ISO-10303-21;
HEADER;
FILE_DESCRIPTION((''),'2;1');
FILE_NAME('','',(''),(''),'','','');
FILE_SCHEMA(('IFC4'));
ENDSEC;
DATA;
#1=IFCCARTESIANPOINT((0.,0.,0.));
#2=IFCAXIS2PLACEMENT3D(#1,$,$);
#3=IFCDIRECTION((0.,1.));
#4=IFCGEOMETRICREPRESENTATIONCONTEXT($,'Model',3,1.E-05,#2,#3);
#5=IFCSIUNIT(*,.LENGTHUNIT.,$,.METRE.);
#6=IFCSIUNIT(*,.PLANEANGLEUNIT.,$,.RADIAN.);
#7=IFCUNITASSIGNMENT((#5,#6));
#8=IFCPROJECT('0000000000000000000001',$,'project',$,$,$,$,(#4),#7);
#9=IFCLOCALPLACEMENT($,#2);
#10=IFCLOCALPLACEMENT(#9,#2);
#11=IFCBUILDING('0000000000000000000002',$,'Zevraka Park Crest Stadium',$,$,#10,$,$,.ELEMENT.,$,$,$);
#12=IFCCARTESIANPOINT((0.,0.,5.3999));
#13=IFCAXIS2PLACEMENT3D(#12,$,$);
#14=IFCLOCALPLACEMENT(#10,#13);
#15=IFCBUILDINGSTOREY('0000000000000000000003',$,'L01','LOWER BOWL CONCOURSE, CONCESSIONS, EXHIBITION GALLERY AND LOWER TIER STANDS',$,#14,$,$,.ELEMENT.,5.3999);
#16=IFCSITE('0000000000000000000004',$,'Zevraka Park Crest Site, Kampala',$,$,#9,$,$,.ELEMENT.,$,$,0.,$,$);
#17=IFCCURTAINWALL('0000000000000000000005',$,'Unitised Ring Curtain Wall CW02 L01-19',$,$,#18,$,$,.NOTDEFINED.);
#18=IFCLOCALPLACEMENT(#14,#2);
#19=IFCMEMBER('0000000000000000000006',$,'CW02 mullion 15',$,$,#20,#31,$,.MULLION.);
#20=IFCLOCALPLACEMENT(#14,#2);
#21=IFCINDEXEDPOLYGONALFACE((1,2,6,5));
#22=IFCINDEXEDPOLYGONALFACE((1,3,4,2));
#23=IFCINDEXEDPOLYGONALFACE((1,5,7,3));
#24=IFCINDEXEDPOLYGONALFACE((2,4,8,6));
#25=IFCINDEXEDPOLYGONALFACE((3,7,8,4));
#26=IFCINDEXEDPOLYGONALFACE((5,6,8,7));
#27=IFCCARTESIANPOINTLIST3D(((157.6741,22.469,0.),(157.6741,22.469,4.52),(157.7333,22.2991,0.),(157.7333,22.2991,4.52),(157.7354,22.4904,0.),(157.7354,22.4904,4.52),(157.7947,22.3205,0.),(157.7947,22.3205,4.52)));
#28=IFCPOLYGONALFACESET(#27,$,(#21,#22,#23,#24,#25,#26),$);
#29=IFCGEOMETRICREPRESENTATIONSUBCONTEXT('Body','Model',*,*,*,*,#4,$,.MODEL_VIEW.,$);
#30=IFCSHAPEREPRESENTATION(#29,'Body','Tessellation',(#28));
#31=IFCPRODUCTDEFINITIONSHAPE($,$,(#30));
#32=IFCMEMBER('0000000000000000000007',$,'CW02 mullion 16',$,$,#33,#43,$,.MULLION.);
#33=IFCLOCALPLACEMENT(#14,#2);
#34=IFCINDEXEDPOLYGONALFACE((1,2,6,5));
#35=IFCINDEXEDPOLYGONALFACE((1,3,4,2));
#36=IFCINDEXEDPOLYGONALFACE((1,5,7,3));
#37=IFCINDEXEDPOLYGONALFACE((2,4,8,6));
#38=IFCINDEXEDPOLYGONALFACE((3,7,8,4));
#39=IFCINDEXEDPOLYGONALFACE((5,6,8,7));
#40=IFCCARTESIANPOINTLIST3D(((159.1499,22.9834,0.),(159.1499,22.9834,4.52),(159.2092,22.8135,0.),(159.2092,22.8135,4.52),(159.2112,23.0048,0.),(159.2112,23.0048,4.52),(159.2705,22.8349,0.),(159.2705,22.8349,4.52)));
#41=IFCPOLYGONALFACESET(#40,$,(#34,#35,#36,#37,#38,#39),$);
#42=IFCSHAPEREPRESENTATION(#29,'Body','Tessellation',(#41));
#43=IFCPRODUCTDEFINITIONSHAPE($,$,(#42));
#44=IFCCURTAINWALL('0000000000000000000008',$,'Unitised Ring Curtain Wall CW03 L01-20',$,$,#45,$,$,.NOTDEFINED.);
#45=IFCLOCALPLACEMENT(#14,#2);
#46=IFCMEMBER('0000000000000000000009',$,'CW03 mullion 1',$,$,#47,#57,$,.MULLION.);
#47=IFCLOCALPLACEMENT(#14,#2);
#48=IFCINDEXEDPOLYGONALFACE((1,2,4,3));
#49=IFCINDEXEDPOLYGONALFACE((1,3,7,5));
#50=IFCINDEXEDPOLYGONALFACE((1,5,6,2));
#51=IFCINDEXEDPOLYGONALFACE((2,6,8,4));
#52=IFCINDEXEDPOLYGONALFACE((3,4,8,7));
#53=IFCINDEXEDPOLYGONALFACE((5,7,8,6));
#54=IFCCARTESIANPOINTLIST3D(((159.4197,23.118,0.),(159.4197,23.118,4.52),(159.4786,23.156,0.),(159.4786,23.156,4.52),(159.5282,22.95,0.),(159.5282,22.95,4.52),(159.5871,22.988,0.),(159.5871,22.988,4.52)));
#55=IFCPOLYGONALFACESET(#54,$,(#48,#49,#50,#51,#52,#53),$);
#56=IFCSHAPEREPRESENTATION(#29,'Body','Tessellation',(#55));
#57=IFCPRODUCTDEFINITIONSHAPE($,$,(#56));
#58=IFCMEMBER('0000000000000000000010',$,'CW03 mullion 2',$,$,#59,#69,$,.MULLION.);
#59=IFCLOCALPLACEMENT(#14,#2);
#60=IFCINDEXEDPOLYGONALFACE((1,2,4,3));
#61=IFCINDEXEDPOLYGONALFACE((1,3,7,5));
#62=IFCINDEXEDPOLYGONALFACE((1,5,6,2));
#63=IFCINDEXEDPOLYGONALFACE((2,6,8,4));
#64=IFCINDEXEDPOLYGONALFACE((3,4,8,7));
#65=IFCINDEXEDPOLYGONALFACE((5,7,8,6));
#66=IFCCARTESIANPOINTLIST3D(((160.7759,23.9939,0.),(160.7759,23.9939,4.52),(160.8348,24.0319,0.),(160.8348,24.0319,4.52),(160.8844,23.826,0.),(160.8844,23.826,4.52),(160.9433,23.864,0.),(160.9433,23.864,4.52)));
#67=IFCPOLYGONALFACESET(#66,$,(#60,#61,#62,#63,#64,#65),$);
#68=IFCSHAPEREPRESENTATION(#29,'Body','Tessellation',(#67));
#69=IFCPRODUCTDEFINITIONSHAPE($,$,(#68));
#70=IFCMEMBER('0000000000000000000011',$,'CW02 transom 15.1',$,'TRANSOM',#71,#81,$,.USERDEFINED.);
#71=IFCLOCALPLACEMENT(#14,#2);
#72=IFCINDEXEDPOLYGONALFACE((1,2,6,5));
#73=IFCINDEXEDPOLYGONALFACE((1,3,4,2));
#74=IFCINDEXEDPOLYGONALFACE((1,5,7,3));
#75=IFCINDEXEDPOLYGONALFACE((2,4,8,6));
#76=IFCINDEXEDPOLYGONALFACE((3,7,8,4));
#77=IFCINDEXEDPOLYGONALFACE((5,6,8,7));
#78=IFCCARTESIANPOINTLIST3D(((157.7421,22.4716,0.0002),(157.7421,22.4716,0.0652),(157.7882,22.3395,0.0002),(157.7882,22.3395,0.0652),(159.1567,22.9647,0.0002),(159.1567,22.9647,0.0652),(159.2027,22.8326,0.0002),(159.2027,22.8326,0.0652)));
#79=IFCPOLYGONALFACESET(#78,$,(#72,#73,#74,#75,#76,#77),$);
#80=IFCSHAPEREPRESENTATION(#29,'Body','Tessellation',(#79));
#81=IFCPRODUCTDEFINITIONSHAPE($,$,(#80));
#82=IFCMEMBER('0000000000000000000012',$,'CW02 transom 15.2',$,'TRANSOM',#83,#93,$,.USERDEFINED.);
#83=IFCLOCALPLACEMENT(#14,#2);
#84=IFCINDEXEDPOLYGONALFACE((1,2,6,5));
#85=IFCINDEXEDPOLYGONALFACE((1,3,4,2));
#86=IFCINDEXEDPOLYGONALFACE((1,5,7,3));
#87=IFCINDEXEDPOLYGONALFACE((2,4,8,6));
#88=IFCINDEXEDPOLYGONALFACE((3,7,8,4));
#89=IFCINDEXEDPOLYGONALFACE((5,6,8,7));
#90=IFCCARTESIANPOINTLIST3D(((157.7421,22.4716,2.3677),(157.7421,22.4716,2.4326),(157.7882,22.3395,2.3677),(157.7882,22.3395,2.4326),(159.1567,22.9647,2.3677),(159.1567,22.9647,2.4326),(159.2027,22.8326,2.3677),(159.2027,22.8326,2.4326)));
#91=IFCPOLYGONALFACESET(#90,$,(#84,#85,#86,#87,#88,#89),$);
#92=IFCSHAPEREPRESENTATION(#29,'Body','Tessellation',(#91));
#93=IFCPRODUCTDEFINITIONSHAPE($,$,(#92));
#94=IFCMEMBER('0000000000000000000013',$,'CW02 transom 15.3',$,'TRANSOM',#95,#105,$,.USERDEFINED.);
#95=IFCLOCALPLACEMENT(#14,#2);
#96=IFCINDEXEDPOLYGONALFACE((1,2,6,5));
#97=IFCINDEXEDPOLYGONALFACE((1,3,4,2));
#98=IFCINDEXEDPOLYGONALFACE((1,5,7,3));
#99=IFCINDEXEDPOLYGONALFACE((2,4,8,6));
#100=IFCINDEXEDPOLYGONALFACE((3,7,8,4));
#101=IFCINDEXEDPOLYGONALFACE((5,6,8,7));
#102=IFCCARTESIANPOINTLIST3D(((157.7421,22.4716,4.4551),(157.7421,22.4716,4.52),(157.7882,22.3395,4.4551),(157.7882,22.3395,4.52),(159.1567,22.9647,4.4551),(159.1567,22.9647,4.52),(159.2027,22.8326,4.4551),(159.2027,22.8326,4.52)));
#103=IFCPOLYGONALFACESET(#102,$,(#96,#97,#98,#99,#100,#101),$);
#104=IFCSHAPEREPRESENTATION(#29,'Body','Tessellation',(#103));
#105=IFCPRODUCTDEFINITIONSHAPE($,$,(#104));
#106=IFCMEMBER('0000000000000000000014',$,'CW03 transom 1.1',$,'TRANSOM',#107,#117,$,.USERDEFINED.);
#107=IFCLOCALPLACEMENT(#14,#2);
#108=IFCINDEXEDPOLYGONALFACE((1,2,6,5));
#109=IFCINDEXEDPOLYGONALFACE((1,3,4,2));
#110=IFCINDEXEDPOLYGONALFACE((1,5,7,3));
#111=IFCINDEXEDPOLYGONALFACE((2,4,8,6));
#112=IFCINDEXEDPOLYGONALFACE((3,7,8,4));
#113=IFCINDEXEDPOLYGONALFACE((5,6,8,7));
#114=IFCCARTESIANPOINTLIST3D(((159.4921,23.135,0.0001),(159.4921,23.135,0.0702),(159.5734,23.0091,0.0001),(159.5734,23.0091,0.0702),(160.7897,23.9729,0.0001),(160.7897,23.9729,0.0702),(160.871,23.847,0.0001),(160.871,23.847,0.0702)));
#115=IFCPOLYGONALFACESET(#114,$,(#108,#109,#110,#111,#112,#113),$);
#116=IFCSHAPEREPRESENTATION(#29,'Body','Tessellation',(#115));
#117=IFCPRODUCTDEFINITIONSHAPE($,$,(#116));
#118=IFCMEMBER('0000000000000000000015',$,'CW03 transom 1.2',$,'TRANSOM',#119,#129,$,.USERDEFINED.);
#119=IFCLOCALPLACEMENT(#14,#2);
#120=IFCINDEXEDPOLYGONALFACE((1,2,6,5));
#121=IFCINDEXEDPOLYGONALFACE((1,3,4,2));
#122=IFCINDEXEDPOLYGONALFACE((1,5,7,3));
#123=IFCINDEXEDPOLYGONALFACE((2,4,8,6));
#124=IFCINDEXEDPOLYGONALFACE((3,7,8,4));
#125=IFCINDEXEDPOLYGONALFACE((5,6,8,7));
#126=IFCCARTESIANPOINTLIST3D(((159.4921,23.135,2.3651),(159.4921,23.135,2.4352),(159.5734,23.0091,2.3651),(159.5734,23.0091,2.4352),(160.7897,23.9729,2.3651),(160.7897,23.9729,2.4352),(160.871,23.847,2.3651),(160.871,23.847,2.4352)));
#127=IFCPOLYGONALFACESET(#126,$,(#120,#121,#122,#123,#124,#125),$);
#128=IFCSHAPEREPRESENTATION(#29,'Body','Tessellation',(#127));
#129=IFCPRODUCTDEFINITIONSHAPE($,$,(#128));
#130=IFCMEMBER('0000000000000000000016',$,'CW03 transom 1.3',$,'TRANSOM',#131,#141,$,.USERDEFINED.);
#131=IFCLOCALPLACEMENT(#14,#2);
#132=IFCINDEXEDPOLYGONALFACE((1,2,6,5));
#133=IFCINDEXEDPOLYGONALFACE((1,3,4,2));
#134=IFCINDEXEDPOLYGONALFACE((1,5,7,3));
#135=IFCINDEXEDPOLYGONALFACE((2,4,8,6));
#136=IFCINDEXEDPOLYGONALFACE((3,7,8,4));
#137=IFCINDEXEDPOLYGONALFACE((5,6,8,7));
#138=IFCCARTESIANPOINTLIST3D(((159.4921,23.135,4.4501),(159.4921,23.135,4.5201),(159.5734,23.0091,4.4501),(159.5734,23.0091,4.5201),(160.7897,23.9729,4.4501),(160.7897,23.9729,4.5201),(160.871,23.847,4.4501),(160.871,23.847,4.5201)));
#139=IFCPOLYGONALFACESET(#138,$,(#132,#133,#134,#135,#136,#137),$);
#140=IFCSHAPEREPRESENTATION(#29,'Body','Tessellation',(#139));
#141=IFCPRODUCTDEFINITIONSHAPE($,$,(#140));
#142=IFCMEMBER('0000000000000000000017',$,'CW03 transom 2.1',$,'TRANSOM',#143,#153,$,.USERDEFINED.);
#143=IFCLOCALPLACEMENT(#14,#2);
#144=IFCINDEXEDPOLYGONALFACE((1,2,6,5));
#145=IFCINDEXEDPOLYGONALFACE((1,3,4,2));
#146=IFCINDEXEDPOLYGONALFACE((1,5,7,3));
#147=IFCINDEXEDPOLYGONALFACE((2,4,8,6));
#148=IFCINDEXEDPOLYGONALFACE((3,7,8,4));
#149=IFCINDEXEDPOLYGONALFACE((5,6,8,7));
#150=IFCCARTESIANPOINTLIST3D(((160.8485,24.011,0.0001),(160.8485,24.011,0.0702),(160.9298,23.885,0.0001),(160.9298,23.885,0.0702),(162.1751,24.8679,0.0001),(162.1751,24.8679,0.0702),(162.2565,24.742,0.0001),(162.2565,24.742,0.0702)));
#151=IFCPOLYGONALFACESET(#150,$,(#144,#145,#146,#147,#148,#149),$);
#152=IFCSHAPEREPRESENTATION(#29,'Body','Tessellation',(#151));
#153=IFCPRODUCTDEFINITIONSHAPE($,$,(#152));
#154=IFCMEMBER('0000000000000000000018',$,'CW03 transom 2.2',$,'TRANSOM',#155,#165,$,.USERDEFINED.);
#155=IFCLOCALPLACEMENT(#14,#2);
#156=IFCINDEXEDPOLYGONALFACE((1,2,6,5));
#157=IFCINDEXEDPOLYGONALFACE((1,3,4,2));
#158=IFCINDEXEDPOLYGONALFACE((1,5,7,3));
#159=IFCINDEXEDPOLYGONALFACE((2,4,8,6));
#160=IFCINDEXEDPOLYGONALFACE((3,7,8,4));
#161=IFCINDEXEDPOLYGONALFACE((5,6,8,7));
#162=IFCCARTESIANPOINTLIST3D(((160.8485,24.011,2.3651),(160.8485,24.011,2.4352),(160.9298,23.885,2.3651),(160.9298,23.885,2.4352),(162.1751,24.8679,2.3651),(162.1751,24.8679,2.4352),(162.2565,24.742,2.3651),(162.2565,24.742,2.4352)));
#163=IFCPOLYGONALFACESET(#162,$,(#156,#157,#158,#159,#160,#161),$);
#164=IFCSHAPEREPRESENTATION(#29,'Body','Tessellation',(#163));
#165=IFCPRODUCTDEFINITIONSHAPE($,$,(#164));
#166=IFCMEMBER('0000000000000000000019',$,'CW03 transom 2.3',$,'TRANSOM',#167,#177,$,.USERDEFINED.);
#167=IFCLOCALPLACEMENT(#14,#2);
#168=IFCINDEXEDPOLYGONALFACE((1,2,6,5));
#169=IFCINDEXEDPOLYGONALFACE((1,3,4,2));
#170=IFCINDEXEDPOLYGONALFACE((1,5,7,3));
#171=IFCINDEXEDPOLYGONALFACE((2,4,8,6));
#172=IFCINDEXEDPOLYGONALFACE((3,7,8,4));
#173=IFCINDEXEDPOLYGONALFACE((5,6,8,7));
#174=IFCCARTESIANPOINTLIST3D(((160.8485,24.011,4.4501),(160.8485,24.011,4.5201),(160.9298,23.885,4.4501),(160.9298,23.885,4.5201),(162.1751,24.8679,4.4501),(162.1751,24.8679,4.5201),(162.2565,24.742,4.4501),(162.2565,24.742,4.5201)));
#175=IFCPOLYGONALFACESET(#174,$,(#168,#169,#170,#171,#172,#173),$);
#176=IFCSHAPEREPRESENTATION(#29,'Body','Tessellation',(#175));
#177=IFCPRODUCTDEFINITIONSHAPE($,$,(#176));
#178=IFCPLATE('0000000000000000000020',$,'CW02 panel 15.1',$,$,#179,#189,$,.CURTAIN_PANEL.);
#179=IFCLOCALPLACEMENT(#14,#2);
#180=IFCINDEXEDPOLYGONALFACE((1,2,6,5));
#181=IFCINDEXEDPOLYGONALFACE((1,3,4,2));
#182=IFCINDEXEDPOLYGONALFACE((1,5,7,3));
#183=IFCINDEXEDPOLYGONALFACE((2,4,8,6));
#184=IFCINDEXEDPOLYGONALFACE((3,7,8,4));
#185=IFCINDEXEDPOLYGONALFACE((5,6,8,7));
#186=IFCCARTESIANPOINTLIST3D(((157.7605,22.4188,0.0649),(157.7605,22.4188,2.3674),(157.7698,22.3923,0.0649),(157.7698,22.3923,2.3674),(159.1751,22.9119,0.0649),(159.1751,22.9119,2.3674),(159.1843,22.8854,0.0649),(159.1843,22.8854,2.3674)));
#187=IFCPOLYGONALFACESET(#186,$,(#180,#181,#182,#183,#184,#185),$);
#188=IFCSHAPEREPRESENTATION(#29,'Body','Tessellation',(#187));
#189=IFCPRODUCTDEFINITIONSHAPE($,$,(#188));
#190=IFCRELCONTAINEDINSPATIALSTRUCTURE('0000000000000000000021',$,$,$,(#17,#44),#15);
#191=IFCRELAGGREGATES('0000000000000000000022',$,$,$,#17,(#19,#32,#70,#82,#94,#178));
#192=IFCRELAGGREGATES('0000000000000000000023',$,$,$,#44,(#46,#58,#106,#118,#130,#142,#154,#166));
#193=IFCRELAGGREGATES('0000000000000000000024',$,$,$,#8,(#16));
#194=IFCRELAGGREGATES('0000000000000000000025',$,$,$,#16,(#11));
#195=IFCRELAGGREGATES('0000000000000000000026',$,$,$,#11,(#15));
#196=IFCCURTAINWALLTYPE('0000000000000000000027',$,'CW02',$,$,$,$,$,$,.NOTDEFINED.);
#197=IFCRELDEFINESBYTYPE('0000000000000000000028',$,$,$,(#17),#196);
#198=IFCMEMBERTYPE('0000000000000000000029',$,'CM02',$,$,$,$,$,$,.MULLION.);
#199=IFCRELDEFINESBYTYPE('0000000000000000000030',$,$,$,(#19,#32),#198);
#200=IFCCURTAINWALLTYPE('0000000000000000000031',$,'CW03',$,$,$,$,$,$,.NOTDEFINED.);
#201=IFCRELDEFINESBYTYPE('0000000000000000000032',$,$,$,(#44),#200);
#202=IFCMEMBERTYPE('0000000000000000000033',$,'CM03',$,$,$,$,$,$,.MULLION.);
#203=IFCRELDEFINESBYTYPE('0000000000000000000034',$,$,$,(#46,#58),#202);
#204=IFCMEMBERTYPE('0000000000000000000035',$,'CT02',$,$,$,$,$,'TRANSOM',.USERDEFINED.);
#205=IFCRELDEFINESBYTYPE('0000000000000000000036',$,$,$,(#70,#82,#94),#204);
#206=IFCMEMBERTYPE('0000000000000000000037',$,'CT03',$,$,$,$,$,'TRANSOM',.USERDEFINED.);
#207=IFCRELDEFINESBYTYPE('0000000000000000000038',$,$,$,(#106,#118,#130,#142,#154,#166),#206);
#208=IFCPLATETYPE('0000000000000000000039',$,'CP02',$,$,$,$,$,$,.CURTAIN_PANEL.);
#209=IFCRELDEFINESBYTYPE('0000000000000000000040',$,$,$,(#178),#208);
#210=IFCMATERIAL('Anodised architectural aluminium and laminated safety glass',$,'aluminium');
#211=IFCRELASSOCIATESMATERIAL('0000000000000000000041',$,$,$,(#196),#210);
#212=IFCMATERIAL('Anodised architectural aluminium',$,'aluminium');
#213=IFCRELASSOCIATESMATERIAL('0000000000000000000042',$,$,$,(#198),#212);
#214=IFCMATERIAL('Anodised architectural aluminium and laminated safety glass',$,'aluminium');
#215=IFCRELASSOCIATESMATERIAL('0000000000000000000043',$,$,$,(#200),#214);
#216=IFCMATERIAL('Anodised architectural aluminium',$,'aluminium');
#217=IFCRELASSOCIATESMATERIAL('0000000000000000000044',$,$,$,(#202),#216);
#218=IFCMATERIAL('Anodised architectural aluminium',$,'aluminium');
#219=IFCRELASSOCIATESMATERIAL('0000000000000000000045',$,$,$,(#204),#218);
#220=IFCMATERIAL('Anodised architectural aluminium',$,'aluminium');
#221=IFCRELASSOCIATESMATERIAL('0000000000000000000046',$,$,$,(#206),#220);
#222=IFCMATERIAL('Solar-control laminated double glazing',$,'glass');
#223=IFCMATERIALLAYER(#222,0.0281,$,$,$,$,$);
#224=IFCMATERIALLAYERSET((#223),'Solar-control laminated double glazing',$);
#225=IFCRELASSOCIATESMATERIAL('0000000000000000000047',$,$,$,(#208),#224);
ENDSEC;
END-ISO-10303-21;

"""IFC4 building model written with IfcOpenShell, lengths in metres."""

from ifc_helpers import new_model, si_unit, direction, frame, origin, origin_2d, place, context, subcontext, project, spatial, rectangle, extrude, material, layer, layer_set, material_profile, profile_set, type_object, element, aggregate, save


model = new_model("IFC4")

# Units and contexts
model_context = context("Model", 3, precision=1e-05, world=origin(), true_north=direction((0.0, 1.0)))
body_context = subcontext(model_context, "Body", "Model", "MODEL_VIEW")
ifc_project = project(units=[si_unit("LENGTHUNIT", "METRE"), si_unit("PLANEANGLEUNIT", "RADIAN")], contexts=[model_context])

# Site, building, storey
site_placement = place(None, origin())
site = spatial("IfcSite", under=ifc_project, at=site_placement, Name="Zevraka Park Crest Site, Kampala", CompositionType="ELEMENT", RefElevation=0.0)
building_placement = place(site_placement, origin())
building = spatial("IfcBuilding", under=site, at=building_placement, Name="Zevraka Park Crest Stadium", CompositionType="ELEMENT")
storey_placement = place(building_placement, frame((0.0, 0.0, 5.3999)))
storey = spatial("IfcBuildingStorey", under=building, at=storey_placement, Name="L01", Description="LOWER BOWL CONCOURSE, CONCESSIONS, EXHIBITION GALLERY AND LOWER TIER STANDS", CompositionType="ELEMENT", Elevation=5.3999)

# Curtain walls, members
ifc_material_1 = material(Name="Anodised architectural aluminium and laminated safety glass", Category="aluminium")
curtain_wall_type_1 = type_object("IfcCurtainWallType", Name="CW02", PredefinedType="NOTDEFINED", material=ifc_material_1)
curtain_wall_1_placement = place(storey_placement, origin())
curtain_wall_1 = element("IfcCurtainWall", 1, at=curtain_wall_1_placement, inside=storey, type_object=curtain_wall_type_1, Name="Unitised Ring Curtain Wall CW02 L01-19", PredefinedType="NOTDEFINED")
ifc_material_2 = material(Name="Anodised architectural aluminium", Category="aluminium")
ifc_material_profile_1 = material_profile(ifc_material_2, rectangle(XDim=0.1799, YDim=0.0649, at=origin_2d()), Name="ALU MULLION 180x65")
ifc_profile_set_1 = profile_set([ifc_material_profile_1], Name="Anodised architectural aluminium")
member_type_1 = type_object("IfcMemberType", Name="CM02", PredefinedType="MULLION", material=ifc_profile_set_1)
member_1_placement = place(storey_placement, frame((157.7344, 22.3948, 0.0), z_axis=(0.0, 0.0, 1.0), x_axis=(-0.329209, 0.944257, 0.0)))
member_1 = element("IfcMember", 2, at=member_1_placement, type_object=member_type_1, Name="CW02 mullion 15", PredefinedType="MULLION", context=body_context, shape_type="SweptSolid", body=[
    extrude(rectangle(XDim=0.1799, YDim=0.0649, at=origin_2d()), origin(), (0.0, 0.0, 1.0), 4.52),
])
member_2_placement = place(storey_placement, frame((159.2102, 22.9092, 0.0), z_axis=(0.0, 0.0, 1.0), x_axis=(-0.329209, 0.944257, 0.0)))
member_2 = element("IfcMember", 3, at=member_2_placement, type_object=member_type_1, Name="CW02 mullion 16", PredefinedType="MULLION", context=body_context, shape_type="SweptSolid", body=[
    extrude(rectangle(XDim=0.1799, YDim=0.0649, at=origin_2d()), origin(), (0.0, 0.0, 1.0), 4.52),
])
ifc_material_3 = material(Name="Anodised architectural aluminium and laminated safety glass", Category="aluminium")
curtain_wall_type_2 = type_object("IfcCurtainWallType", Name="CW03", PredefinedType="NOTDEFINED", material=ifc_material_3)
curtain_wall_2_placement = place(storey_placement, origin())
curtain_wall_2 = element("IfcCurtainWall", 4, at=curtain_wall_2_placement, inside=storey, type_object=curtain_wall_type_2, Name="Unitised Ring Curtain Wall CW03 L01-20", PredefinedType="NOTDEFINED")
ifc_material_4 = material(Name="Anodised architectural aluminium", Category="aluminium")
ifc_material_profile_2 = material_profile(ifc_material_4, rectangle(XDim=0.2, YDim=0.0701, at=origin_2d()), Name="ALU MULLION 200x70")
ifc_profile_set_2 = profile_set([ifc_material_profile_2], Name="Anodised architectural aluminium")
member_type_2 = type_object("IfcMemberType", Name="CM03", PredefinedType="MULLION", material=ifc_profile_set_2)
member_3_placement = place(storey_placement, frame((159.5034, 23.053, 0.0), z_axis=(0.0, 0.0, 1.0), x_axis=(-0.542571, 0.84001, 0.0)))
member_3 = element("IfcMember", 5, at=member_3_placement, type_object=member_type_2, Name="CW03 mullion 1", PredefinedType="MULLION", context=body_context, shape_type="SweptSolid", body=[
    extrude(rectangle(XDim=0.2, YDim=0.0701, at=origin_2d()), origin(), (0.0, 0.0, 1.0), 4.52),
])
member_4_placement = place(storey_placement, frame((160.8596, 23.929, 0.0), z_axis=(0.0, 0.0, 1.0), x_axis=(-0.542571, 0.84001, 0.0)))
member_4 = element("IfcMember", 6, at=member_4_placement, type_object=member_type_2, Name="CW03 mullion 2", PredefinedType="MULLION", context=body_context, shape_type="SweptSolid", body=[
    extrude(rectangle(XDim=0.2, YDim=0.0701, at=origin_2d()), origin(), (0.0, 0.0, 1.0), 4.52),
])

# Members
ifc_material_5 = material(Name="Anodised architectural aluminium", Category="aluminium")
ifc_material_profile_3 = material_profile(ifc_material_5, rectangle(XDim=0.1399, YDim=0.0649, at=origin_2d()), Name="ALU TRANSOM 140x65")
ifc_profile_set_3 = profile_set([ifc_material_profile_3], Name="Anodised architectural aluminium")
member_type_3 = type_object("IfcMemberType", Name="CT02", ElementType="TRANSOM", PredefinedType="USERDEFINED", material=ifc_profile_set_3)
member_5_placement = place(storey_placement, frame((157.7651, 22.4055, 0.0327), z_axis=(0.944259, 0.329203, 0.0), x_axis=(-0.329203, 0.944259, 0.0)))
member_5 = element("IfcMember", 7, at=member_5_placement, type_object=member_type_3, Name="CW02 transom 15.1", ObjectType="TRANSOM", PredefinedType="USERDEFINED", context=body_context, shape_type="SweptSolid", body=[
    extrude(rectangle(XDim=0.1399, YDim=0.0649, at=origin_2d()), origin(), (0.0, 0.0, 1.0), 1.498),
])
member_6_placement = place(storey_placement, frame((157.7651, 22.4055, 2.4001), z_axis=(0.944259, 0.329203, 0.0), x_axis=(-0.329203, 0.944259, 0.0)))
member_6 = element("IfcMember", 8, at=member_6_placement, type_object=member_type_3, Name="CW02 transom 15.2", ObjectType="TRANSOM", PredefinedType="USERDEFINED", context=body_context, shape_type="SweptSolid", body=[
    extrude(rectangle(XDim=0.1399, YDim=0.0649, at=origin_2d()), origin(), (0.0, 0.0, 1.0), 1.498),
])
member_7_placement = place(storey_placement, frame((157.7651, 22.4055, 4.4875), z_axis=(0.944259, 0.329203, 0.0), x_axis=(-0.329203, 0.944259, 0.0)))
member_7 = element("IfcMember", 9, at=member_7_placement, type_object=member_type_3, Name="CW02 transom 15.3", ObjectType="TRANSOM", PredefinedType="USERDEFINED", context=body_context, shape_type="SweptSolid", body=[
    extrude(rectangle(XDim=0.1399, YDim=0.0649, at=origin_2d()), origin(), (0.0, 0.0, 1.0), 1.498),
])
ifc_material_6 = material(Name="Anodised architectural aluminium", Category="aluminium")
ifc_material_profile_4 = material_profile(ifc_material_6, rectangle(XDim=0.1499, YDim=0.0701, at=origin_2d()), Name="ALU TRANSOM 150x70")
ifc_profile_set_4 = profile_set([ifc_material_profile_4], Name="Anodised architectural aluminium")
member_type_4 = type_object("IfcMemberType", Name="CT03", ElementType="TRANSOM", PredefinedType="USERDEFINED", material=ifc_profile_set_4)
member_8_placement = place(storey_placement, frame((159.5327, 23.072, 0.0352), z_axis=(0.840083, 0.542458, 0.0), x_axis=(-0.542458, 0.840083, 0.0)))
member_8 = element("IfcMember", 10, at=member_8_placement, type_object=member_type_4, Name="CW03 transom 1.1", ObjectType="TRANSOM", PredefinedType="USERDEFINED", context=body_context, shape_type="SweptSolid", body=[
    extrude(rectangle(XDim=0.1499, YDim=0.0701, at=origin_2d()), origin(), (0.0, 0.0, 1.0), 1.5447),
])
member_9_placement = place(storey_placement, frame((159.5327, 23.072, 2.4001), z_axis=(0.840083, 0.542458, 0.0), x_axis=(-0.542458, 0.840083, 0.0)))
member_9 = element("IfcMember", 11, at=member_9_placement, type_object=member_type_4, Name="CW03 transom 1.2", ObjectType="TRANSOM", PredefinedType="USERDEFINED", context=body_context, shape_type="SweptSolid", body=[
    extrude(rectangle(XDim=0.1499, YDim=0.0701, at=origin_2d()), origin(), (0.0, 0.0, 1.0), 1.5447),
])
member_10_placement = place(storey_placement, frame((159.5327, 23.072, 4.4851), z_axis=(0.840083, 0.542458, 0.0), x_axis=(-0.542458, 0.840083, 0.0)))
member_10 = element("IfcMember", 12, at=member_10_placement, type_object=member_type_4, Name="CW03 transom 1.3", ObjectType="TRANSOM", PredefinedType="USERDEFINED", context=body_context, shape_type="SweptSolid", body=[
    extrude(rectangle(XDim=0.1499, YDim=0.0701, at=origin_2d()), origin(), (0.0, 0.0, 1.0), 1.5447),
])
member_11_placement = place(storey_placement, frame((160.8892, 23.948, 0.0352), z_axis=(0.840001, 0.542585, 0.0), x_axis=(-0.542585, 0.840001, 0.0)))
member_11 = element("IfcMember", 13, at=member_11_placement, type_object=member_type_4, Name="CW03 transom 2.1", ObjectType="TRANSOM", PredefinedType="USERDEFINED", context=body_context, shape_type="SweptSolid", body=[
    extrude(rectangle(XDim=0.1499, YDim=0.0701, at=origin_2d()), origin(), (0.0, 0.0, 1.0), 1.5793),
])
member_12_placement = place(storey_placement, frame((160.8892, 23.948, 2.4001), z_axis=(0.840001, 0.542585, 0.0), x_axis=(-0.542585, 0.840001, 0.0)))
member_12 = element("IfcMember", 14, at=member_12_placement, type_object=member_type_4, Name="CW03 transom 2.2", ObjectType="TRANSOM", PredefinedType="USERDEFINED", context=body_context, shape_type="SweptSolid", body=[
    extrude(rectangle(XDim=0.1499, YDim=0.0701, at=origin_2d()), origin(), (0.0, 0.0, 1.0), 1.5793),
])
member_13_placement = place(storey_placement, frame((160.8892, 23.948, 4.4851), z_axis=(0.840001, 0.542585, 0.0), x_axis=(-0.542585, 0.840001, 0.0)))
member_13 = element("IfcMember", 15, at=member_13_placement, type_object=member_type_4, Name="CW03 transom 2.3", ObjectType="TRANSOM", PredefinedType="USERDEFINED", context=body_context, shape_type="SweptSolid", body=[
    extrude(rectangle(XDim=0.1499, YDim=0.0701, at=origin_2d()), origin(), (0.0, 0.0, 1.0), 1.5793),
])

# Plate
ifc_material_7 = material(Name="Solar-control laminated double glazing", Category="glass")
ifc_layer_1 = layer(ifc_material_7, 0.0281)
ifc_layer_set_1 = layer_set([ifc_layer_1], Name="Solar-control laminated double glazing")
plate_type_1 = type_object("IfcPlateType", Name="CP02", PredefinedType="CURTAIN_PANEL", material=ifc_layer_set_1)
plate_1_placement = place(storey_placement, frame((158.4724, 22.6521, 0.0649), z_axis=(0.0, 0.0, 1.0), x_axis=(0.944257, 0.329209, 0.0)))
plate_1 = element("IfcPlate", 16, at=plate_1_placement, type_object=plate_type_1, Name="CW02 panel 15.1", PredefinedType="CURTAIN_PANEL", context=body_context, shape_type="SweptSolid", body=[
    extrude(rectangle(XDim=1.498, YDim=0.0281, at=origin_2d()), origin(), (0.0, 0.0, 1.0), 2.3025),
])
aggregate(curtain_wall_1, [member_1, member_2, member_5, member_6, member_7, plate_1])
aggregate(curtain_wall_2, [member_3, member_4, member_8, member_9, member_10, member_11, member_12, member_13])

save(model, "model.ifc")
